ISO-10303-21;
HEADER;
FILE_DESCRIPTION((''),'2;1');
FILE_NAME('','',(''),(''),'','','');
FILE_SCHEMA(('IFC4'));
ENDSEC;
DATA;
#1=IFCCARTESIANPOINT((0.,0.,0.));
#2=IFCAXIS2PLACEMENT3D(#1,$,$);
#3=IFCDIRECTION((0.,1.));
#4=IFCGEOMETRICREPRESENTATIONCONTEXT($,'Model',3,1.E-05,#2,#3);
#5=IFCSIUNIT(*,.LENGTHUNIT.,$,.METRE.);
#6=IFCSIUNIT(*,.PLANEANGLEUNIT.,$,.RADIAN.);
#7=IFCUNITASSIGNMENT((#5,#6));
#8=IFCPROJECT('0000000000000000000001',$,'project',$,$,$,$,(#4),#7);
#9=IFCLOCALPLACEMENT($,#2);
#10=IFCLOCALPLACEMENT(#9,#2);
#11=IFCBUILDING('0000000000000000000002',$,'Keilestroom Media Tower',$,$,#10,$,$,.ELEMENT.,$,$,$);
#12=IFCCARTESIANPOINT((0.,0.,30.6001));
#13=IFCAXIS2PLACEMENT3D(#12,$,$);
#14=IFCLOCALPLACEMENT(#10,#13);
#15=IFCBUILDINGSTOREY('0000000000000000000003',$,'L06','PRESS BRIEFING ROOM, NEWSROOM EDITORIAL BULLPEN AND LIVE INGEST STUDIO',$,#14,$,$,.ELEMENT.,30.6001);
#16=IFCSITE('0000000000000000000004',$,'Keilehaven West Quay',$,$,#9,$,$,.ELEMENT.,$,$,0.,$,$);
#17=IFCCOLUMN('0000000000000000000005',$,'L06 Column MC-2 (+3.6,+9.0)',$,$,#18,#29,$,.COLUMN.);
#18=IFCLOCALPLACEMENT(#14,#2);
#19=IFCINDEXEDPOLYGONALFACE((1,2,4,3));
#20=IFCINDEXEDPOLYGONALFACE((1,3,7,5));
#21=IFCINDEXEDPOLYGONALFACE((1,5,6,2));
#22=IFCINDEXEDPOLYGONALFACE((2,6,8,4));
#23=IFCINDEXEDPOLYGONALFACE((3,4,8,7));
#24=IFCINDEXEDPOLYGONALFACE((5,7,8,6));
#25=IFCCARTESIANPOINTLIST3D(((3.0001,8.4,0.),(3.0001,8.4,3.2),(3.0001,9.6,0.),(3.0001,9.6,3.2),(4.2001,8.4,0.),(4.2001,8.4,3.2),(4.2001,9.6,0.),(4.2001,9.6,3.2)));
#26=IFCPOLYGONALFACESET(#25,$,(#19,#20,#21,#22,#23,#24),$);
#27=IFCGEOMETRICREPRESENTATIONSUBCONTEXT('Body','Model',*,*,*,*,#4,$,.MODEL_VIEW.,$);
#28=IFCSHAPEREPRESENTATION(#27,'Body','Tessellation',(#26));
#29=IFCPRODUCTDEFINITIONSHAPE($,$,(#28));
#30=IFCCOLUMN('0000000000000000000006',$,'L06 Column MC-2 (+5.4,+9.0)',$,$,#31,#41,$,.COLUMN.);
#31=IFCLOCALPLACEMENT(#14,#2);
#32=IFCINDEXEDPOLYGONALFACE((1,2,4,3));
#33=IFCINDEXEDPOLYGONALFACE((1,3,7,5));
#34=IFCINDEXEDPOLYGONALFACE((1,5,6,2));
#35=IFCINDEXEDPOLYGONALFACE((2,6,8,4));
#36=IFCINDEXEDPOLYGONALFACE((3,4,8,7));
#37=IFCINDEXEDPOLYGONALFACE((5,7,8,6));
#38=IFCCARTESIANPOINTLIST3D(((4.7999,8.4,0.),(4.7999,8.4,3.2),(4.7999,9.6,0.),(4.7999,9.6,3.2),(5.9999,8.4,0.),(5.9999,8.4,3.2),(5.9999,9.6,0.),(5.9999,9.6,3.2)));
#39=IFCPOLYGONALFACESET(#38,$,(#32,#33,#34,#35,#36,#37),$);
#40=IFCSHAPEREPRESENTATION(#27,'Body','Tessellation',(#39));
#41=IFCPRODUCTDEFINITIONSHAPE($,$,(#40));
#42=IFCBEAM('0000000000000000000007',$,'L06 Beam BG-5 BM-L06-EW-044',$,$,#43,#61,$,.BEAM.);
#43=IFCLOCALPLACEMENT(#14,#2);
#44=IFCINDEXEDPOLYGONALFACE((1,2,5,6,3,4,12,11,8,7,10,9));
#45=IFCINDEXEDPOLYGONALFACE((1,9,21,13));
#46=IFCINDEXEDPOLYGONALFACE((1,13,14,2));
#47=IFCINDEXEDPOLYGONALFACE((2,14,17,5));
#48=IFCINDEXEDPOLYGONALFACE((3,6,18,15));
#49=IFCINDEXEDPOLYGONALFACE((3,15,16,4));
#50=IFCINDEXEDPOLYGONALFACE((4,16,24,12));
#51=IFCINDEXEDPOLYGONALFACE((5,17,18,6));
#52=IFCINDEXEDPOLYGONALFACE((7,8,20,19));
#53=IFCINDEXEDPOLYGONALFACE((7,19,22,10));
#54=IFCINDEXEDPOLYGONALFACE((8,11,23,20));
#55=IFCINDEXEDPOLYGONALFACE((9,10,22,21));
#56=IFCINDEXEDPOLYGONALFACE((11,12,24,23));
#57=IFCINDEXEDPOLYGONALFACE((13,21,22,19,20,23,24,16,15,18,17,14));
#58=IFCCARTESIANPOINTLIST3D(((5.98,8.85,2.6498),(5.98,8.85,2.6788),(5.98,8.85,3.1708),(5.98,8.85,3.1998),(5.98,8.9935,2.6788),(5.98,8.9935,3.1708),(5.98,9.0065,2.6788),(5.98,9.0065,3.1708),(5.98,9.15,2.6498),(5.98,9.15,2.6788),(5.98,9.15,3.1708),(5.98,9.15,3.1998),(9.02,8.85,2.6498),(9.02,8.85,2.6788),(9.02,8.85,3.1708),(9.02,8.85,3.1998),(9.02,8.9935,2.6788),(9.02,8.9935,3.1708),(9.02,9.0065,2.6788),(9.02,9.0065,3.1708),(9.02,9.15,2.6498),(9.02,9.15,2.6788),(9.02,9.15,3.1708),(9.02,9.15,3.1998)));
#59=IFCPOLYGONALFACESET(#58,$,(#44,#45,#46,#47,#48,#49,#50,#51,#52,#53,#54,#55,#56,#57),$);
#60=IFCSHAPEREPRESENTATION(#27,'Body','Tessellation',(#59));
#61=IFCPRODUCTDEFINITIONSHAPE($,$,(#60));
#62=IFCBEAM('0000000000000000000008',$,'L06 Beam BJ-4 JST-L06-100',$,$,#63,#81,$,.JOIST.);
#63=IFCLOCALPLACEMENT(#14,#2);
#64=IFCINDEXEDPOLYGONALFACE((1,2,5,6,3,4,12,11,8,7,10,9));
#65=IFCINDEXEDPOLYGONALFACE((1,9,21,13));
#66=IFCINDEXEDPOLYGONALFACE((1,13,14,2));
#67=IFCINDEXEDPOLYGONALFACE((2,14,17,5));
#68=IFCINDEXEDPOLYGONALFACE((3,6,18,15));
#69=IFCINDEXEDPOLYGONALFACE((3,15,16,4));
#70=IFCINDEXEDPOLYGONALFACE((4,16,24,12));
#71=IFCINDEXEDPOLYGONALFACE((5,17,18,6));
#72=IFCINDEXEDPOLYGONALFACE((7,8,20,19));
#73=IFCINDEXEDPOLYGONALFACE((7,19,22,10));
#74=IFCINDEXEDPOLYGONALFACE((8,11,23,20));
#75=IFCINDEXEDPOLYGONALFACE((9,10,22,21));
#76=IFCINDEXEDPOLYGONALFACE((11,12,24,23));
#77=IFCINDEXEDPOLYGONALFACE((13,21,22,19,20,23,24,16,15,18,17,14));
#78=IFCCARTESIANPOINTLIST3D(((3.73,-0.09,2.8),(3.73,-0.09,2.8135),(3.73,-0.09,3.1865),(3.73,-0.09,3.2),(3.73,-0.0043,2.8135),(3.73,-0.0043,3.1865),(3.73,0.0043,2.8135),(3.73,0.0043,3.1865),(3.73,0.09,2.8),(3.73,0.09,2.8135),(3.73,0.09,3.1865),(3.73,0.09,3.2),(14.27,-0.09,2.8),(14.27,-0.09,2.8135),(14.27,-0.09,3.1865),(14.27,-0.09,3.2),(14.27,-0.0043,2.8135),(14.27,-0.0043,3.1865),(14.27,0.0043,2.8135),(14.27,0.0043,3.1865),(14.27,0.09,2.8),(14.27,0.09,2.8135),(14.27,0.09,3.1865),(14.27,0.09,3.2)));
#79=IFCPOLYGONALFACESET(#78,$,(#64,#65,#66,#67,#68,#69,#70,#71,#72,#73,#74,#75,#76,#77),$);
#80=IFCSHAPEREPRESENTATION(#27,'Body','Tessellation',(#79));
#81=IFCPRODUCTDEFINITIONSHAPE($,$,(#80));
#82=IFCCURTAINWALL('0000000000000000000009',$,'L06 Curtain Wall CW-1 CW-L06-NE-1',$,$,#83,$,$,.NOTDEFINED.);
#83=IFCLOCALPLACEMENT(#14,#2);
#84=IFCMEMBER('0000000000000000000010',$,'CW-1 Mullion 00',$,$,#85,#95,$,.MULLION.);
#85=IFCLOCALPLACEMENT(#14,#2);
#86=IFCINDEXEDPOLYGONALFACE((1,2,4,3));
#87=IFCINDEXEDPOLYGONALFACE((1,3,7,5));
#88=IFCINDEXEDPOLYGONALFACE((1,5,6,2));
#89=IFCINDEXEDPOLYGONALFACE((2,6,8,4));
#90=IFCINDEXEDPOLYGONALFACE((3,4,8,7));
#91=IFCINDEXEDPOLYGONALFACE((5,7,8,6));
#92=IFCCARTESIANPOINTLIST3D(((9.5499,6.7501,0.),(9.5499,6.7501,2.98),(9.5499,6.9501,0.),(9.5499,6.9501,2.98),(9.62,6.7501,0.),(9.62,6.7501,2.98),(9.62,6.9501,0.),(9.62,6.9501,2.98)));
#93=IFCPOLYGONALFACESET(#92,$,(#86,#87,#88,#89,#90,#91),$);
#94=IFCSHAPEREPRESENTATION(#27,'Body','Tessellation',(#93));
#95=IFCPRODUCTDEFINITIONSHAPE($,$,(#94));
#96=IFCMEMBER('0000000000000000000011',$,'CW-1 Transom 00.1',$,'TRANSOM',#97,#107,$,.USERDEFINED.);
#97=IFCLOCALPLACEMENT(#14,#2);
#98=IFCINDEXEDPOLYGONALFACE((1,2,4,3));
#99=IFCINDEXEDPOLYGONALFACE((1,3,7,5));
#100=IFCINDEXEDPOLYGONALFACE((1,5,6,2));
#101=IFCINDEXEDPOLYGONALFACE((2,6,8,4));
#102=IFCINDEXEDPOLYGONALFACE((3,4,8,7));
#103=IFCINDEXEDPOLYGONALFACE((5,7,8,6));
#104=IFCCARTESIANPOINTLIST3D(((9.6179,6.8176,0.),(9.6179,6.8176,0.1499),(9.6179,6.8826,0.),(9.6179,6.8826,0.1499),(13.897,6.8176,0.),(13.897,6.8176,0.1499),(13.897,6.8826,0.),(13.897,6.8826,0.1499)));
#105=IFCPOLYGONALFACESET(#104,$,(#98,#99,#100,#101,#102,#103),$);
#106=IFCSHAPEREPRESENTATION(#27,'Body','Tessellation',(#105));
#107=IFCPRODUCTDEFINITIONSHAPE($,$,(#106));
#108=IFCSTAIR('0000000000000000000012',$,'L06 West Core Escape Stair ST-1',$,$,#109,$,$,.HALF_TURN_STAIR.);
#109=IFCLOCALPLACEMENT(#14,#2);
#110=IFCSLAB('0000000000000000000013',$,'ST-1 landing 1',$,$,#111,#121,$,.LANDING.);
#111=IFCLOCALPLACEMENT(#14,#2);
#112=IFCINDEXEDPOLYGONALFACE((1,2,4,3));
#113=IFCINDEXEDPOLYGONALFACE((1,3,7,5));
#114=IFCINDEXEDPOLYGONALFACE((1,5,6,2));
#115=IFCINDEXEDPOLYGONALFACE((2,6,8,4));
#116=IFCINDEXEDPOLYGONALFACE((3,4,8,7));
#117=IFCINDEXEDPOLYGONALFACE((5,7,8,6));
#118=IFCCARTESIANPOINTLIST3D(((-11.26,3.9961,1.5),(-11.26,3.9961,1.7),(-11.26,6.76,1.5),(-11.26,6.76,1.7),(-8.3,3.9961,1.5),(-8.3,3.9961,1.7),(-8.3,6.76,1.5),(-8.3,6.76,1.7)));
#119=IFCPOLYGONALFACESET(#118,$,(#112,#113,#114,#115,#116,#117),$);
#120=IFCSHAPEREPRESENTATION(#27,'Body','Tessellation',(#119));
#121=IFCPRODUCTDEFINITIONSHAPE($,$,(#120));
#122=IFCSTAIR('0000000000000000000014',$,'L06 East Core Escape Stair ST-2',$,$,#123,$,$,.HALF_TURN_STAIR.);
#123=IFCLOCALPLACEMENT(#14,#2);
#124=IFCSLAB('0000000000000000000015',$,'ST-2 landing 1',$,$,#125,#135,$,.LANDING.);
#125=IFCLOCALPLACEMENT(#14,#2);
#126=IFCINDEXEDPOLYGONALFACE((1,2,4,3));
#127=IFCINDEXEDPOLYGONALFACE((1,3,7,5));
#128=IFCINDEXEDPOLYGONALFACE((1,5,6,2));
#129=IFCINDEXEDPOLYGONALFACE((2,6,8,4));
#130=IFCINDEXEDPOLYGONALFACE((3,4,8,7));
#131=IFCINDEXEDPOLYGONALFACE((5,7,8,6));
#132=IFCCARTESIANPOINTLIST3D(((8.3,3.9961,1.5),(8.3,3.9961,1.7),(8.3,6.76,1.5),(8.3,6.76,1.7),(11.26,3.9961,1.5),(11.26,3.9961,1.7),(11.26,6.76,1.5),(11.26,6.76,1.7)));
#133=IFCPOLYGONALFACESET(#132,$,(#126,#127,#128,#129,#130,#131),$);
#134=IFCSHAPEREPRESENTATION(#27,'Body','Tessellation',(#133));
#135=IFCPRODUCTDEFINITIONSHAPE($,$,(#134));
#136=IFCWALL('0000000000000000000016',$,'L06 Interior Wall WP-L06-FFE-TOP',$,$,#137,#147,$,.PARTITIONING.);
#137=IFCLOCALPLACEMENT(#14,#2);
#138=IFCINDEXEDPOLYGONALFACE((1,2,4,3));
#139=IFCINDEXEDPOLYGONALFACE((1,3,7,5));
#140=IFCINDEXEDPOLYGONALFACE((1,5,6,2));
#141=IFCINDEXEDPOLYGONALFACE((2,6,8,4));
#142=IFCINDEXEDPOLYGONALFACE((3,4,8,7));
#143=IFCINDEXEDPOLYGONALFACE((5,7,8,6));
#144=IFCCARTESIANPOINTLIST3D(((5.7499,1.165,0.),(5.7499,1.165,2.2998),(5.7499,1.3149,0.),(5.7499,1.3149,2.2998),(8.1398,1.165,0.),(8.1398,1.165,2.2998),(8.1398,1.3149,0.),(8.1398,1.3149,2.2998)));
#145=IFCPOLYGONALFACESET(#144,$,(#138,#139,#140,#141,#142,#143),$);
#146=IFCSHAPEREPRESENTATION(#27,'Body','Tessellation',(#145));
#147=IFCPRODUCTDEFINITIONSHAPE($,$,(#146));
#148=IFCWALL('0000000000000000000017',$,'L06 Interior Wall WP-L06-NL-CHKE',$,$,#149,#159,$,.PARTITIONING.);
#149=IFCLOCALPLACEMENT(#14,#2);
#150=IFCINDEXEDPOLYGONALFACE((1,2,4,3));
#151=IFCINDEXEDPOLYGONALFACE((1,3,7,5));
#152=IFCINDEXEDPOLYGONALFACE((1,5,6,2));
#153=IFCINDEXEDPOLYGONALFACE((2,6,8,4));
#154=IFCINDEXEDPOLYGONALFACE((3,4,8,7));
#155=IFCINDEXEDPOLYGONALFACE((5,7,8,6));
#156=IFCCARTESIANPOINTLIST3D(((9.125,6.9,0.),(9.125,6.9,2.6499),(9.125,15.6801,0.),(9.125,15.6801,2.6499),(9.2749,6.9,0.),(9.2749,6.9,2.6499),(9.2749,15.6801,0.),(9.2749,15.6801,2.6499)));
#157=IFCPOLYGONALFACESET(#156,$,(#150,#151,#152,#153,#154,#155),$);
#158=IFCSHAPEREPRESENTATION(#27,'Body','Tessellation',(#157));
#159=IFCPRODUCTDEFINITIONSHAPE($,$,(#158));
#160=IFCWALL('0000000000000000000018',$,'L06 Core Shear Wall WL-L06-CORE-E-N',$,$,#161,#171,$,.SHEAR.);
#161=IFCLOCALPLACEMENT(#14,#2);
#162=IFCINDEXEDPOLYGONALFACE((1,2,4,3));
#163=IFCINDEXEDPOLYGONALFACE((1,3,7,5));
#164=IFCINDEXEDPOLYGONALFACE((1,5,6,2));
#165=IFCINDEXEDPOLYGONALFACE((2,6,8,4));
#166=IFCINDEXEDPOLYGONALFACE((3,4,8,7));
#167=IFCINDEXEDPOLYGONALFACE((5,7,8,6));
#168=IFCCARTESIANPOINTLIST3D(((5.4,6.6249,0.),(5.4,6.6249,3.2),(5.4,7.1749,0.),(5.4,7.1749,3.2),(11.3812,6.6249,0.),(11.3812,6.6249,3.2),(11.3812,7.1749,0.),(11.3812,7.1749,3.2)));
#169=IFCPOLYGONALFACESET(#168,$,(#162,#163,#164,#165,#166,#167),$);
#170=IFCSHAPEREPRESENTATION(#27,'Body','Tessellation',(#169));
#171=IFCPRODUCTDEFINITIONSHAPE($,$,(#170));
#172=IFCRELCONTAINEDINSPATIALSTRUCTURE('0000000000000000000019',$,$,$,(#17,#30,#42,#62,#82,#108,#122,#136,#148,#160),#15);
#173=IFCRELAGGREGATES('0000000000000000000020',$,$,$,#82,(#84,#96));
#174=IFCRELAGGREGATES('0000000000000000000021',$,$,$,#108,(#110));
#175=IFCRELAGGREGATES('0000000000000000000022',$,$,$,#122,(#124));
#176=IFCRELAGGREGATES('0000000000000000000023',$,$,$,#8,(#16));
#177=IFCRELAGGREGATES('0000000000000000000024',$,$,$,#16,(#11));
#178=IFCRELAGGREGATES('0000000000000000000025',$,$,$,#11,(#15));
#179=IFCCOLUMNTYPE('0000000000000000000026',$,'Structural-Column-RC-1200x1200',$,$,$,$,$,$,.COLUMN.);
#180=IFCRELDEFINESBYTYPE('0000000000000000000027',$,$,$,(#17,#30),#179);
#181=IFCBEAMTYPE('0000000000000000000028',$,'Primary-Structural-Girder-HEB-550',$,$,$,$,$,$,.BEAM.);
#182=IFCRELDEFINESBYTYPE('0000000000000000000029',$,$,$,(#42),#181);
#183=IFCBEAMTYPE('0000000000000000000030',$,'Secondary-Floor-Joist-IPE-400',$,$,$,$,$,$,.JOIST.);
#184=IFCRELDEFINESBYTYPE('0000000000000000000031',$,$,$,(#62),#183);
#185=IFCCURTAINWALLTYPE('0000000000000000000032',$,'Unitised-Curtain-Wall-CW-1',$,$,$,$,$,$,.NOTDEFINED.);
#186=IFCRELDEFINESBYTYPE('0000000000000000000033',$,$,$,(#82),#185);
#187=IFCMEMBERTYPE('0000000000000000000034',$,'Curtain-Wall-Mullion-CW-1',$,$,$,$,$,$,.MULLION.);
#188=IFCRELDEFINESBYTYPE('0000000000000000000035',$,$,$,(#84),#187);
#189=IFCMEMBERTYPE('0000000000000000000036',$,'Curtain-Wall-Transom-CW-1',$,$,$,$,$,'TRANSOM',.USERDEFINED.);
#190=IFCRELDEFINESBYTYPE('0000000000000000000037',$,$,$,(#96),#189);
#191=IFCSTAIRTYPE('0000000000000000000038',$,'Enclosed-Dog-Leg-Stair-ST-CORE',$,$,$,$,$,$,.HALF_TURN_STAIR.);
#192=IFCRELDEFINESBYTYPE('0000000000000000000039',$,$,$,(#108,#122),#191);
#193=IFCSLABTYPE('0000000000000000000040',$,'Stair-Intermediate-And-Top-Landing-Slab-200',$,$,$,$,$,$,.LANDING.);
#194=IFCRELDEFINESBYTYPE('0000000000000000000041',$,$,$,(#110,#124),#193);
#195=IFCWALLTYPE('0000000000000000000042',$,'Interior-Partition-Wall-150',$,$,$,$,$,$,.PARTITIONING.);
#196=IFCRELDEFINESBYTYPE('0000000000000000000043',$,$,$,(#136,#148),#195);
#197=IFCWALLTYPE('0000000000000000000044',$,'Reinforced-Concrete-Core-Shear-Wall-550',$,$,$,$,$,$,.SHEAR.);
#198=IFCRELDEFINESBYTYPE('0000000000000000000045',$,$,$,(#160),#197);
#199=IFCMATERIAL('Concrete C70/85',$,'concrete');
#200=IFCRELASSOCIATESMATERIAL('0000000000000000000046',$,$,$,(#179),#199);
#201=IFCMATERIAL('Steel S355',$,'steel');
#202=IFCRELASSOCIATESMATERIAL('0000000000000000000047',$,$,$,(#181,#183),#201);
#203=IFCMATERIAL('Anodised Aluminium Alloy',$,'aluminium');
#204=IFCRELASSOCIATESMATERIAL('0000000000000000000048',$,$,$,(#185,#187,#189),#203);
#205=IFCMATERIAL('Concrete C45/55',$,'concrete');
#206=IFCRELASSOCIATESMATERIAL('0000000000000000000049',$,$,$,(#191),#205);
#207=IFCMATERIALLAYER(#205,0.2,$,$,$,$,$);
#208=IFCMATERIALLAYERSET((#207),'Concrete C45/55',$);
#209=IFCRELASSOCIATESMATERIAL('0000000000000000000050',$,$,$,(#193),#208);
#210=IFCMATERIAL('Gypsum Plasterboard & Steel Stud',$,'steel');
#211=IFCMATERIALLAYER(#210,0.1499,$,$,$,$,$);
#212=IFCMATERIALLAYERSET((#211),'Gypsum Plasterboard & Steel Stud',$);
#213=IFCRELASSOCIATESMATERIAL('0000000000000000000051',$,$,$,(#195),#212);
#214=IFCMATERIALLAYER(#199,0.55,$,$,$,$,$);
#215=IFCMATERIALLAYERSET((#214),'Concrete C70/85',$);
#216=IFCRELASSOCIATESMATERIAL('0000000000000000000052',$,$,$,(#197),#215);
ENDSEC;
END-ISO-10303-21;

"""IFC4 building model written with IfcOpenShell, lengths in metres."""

from ifc_helpers import new_model, si_unit, direction, frame, frame_2d, origin, origin_2d, place, context, subcontext, project, spatial, polyline, rectangle, i_section, outline, extrude, source, transform, mapped, material, layer, layer_set, material_profile, profile_set, type_object, element, aggregate, save


model = new_model("IFC4")

# Units and contexts
model_context = context("Model", 3, precision=1e-05, world=origin(), true_north=direction((0.0, 1.0)))
body_context = subcontext(model_context, "Body", "Model", "MODEL_VIEW")
ifc_project = project(units=[si_unit("LENGTHUNIT", "METRE"), si_unit("PLANEANGLEUNIT", "RADIAN")], contexts=[model_context])

# Site, building, storey
site_placement = place(None, origin())
site = spatial("IfcSite", under=ifc_project, at=site_placement, Name="Keilehaven West Quay", CompositionType="ELEMENT", RefElevation=0.0)
building_placement = place(site_placement, origin())
building = spatial("IfcBuilding", under=site, at=building_placement, Name="Keilestroom Media Tower", CompositionType="ELEMENT")
storey_placement = place(building_placement, frame((0.0, 0.0, 30.6001)))
storey = spatial("IfcBuildingStorey", under=building, at=storey_placement, Name="L06", Description="PRESS BRIEFING ROOM, NEWSROOM EDITORIAL BULLPEN AND LIVE INGEST STUDIO", CompositionType="ELEMENT", Elevation=30.6001)

# Columns
ifc_material_1 = material(Name="Concrete C70/85", Category="concrete")
ifc_material_profile_1 = material_profile(ifc_material_1, rectangle(XDim=1.2, YDim=1.2, at=origin_2d()), Name="RC 1200x1200")
ifc_profile_set_1 = profile_set([ifc_material_profile_1], Name="Concrete C70/85")
column_type = type_object("IfcColumnType", Name="Structural-Column-RC-1200x1200", PredefinedType="COLUMN", material=ifc_profile_set_1)
shared_shape_1 = source(origin(), body_context, "Body", "SweptSolid", [
    extrude(rectangle(XDim=1.2, YDim=1.2, at=origin_2d()), origin(), (0.0, 0.0, 1.0), 3.2),
])
for number, where, z_axis, x_axis, name in (
    (1, (3.6001, 9.0, 0.0), (0.0, 0.0, 1.0), (1.0, 0.0, 0.0), "L06 Column MC-2 (+3.6,+9.0)"),
    (2, (5.3999, 9.0, 0.0), (0.0, 0.0, 1.0), (1.0, 0.0, 0.0), "L06 Column MC-2 (+5.4,+9.0)"),
):
    element("IfcColumn", number, at=place(storey_placement, frame(where, z_axis=z_axis, x_axis=x_axis)), inside=storey, type_object=column_type, Name=name, PredefinedType="COLUMN", context=body_context, shape_type="MappedRepresentation", body=[
        mapped(shared_shape_1, transform((0.0, 0.0, 0.0), x_axis=(1.0, 0.0, 0.0), y_axis=(0.0, 1.0, 0.0), z_axis=(0.0, 0.0, 1.0), scale=1.0)),
    ])

# Beams
ifc_material_2 = material(Name="Steel S355", Category="steel")
ifc_material_profile_2 = material_profile(ifc_material_2, i_section(OverallWidth=0.3, OverallDepth=0.55, WebThickness=0.0129, FlangeThickness=0.0291, at=origin_2d()), Name="HEB 550")
ifc_profile_set_2 = profile_set([ifc_material_profile_2], Name="Steel S355")
beam_type_1 = type_object("IfcBeamType", Name="Primary-Structural-Girder-HEB-550", PredefinedType="BEAM", material=ifc_profile_set_2)
shared_shape_2 = source(origin(), body_context, "Body", "SweptSolid", [
    extrude(i_section(OverallWidth=0.3, OverallDepth=0.55, WebThickness=0.0129, FlangeThickness=0.0291, at=origin_2d()), origin(), (0.0, 0.0, 1.0), 3.04),
])
beam_1_placement = place(storey_placement, frame((5.98, 9.0, 2.9248), z_axis=(1.0, 0.0, 0.0), x_axis=(0.0, 1.0, 0.0)))
element("IfcBeam", 3, at=beam_1_placement, inside=storey, type_object=beam_type_1, Name="L06 Beam BG-5 BM-L06-EW-044", PredefinedType="BEAM", context=body_context, shape_type="MappedRepresentation", body=[
    mapped(shared_shape_2, transform((0.0, 0.0, 0.0), x_axis=(1.0, 0.0, 0.0), y_axis=(0.0, 1.0, 0.0), z_axis=(0.0, 0.0, 1.0), scale=1.0)),
])
ifc_material_profile_3 = material_profile(ifc_material_2, i_section(OverallWidth=0.1799, OverallDepth=0.3999, WebThickness=0.0085, FlangeThickness=0.0134, at=origin_2d()), Name="IPE 400")
ifc_profile_set_3 = profile_set([ifc_material_profile_3], Name="Steel S355")
beam_type_2 = type_object("IfcBeamType", Name="Secondary-Floor-Joist-IPE-400", PredefinedType="JOIST", material=ifc_profile_set_3)
shared_shape_3 = source(origin(), body_context, "Body", "SweptSolid", [
    extrude(i_section(OverallWidth=0.1799, OverallDepth=0.3999, WebThickness=0.0085, FlangeThickness=0.0134, at=origin_2d()), origin(), (0.0, 0.0, 1.0), 10.54),
])
beam_2_placement = place(storey_placement, frame((3.73, 0.0, 3.0), z_axis=(1.0, 0.0, 0.0), x_axis=(0.0, 1.0, 0.0)))
element("IfcBeam", 4, at=beam_2_placement, inside=storey, type_object=beam_type_2, Name="L06 Beam BJ-4 JST-L06-100", PredefinedType="JOIST", context=body_context, shape_type="MappedRepresentation", body=[
    mapped(shared_shape_3, transform((0.0, 0.0, 0.0), x_axis=(1.0, 0.0, 0.0), y_axis=(0.0, 1.0, 0.0), z_axis=(0.0, 0.0, 1.0), scale=1.0)),
])

# Curtain wall, members
ifc_material_3 = material(Name="Anodised Aluminium Alloy", Category="aluminium")
curtain_wall_type = type_object("IfcCurtainWallType", Name="Unitised-Curtain-Wall-CW-1", PredefinedType="NOTDEFINED", material=ifc_material_3)
curtain_wall_placement = place(storey_placement, origin())
curtain_wall = element("IfcCurtainWall", 5, at=curtain_wall_placement, inside=storey, type_object=curtain_wall_type, Name="L06 Curtain Wall CW-1 CW-L06-NE-1", PredefinedType="NOTDEFINED")
ifc_material_profile_4 = material_profile(ifc_material_3, rectangle(XDim=0.0701, YDim=0.2, at=origin_2d()), Name="ALU MULLION 70x200")
ifc_profile_set_4 = profile_set([ifc_material_profile_4], Name="Anodised Aluminium Alloy")
member_type_1 = type_object("IfcMemberType", Name="Curtain-Wall-Mullion-CW-1", PredefinedType="MULLION", material=ifc_profile_set_4)
shared_shape_4 = source(origin(), body_context, "Body", "SweptSolid", [
    extrude(rectangle(XDim=0.0701, YDim=0.2, at=origin_2d()), origin(), (0.0, 0.0, 1.0), 2.98),
])
member_1_placement = place(storey_placement, frame((9.585, 6.8501, 0.0), z_axis=(0.0, 0.0, 1.0), x_axis=(1.0, 0.0, 0.0)))
member_1 = element("IfcMember", 6, at=member_1_placement, type_object=member_type_1, Name="CW-1 Mullion 00", PredefinedType="MULLION", context=body_context, shape_type="MappedRepresentation", body=[
    mapped(shared_shape_4, transform((0.0, 0.0, 0.0), x_axis=(1.0, 0.0, 0.0), y_axis=(0.0, 1.0, 0.0), z_axis=(0.0, 0.0, 1.0), scale=1.0)),
])
ifc_material_profile_5 = material_profile(ifc_material_3, rectangle(XDim=0.0649, YDim=0.1499, at=origin_2d()), Name="ALU TRANSOM 65x150")
ifc_profile_set_5 = profile_set([ifc_material_profile_5], Name="Anodised Aluminium Alloy")
member_type_2 = type_object("IfcMemberType", Name="Curtain-Wall-Transom-CW-1", ElementType="TRANSOM", PredefinedType="USERDEFINED", material=ifc_profile_set_5)
shared_shape_5 = source(origin(), body_context, "Body", "SweptSolid", [
    extrude(rectangle(XDim=0.0649, YDim=0.1499, at=origin_2d()), origin(), (0.0, 0.0, 1.0), 4.2791),
])
member_2_placement = place(storey_placement, frame((9.6179, 6.8501, 0.075), z_axis=(1.0, 0.0, 0.0), x_axis=(0.0, 1.0, 0.0)))
member_2 = element("IfcMember", 7, at=member_2_placement, type_object=member_type_2, Name="CW-1 Transom 00.1", ObjectType="TRANSOM", PredefinedType="USERDEFINED", context=body_context, shape_type="MappedRepresentation", body=[
    mapped(shared_shape_5, transform((0.0, 0.0, 0.0), x_axis=(1.0, 0.0, 0.0), y_axis=(0.0, 1.0, 0.0), z_axis=(0.0, 0.0, 1.0), scale=1.0)),
])
aggregate(curtain_wall, [member_1, member_2])

# Stairs, slabs
ifc_material_4 = material(Name="Concrete C45/55", Category="concrete")
stair_type = type_object("IfcStairType", Name="Enclosed-Dog-Leg-Stair-ST-CORE", PredefinedType="HALF_TURN_STAIR", material=ifc_material_4)
stair_1_placement = place(storey_placement, origin())
stair_1 = element("IfcStair", 8, at=stair_1_placement, inside=storey, type_object=stair_type, Name="L06 West Core Escape Stair ST-1", PredefinedType="HALF_TURN_STAIR")
ifc_layer_1 = layer(ifc_material_4, 0.2)
ifc_layer_set_1 = layer_set([ifc_layer_1], Name="Concrete C45/55")
slab_type = type_object("IfcSlabType", Name="Stair-Intermediate-And-Top-Landing-Slab-200", PredefinedType="LANDING", material=ifc_layer_set_1)
slab_1_placement = place(storey_placement, frame((0.0, 0.0, 1.5)))
slab_1 = element("IfcSlab", 9, at=slab_1_placement, type_object=slab_type, Name="ST-1 landing 1", PredefinedType="LANDING", context=body_context, shape_type="SweptSolid", body=[
    extrude(outline(polyline([(-8.3, 3.9961), (-8.3, 6.76), (-11.26, 6.76), (-11.26, 3.9961), (-8.3, 3.9961)])), origin(), (0.0, 0.0, 1.0), 0.2),
])
aggregate(stair_1, [slab_1])
stair_2_placement = place(storey_placement, origin())
stair_2 = element("IfcStair", 10, at=stair_2_placement, inside=storey, type_object=stair_type, Name="L06 East Core Escape Stair ST-2", PredefinedType="HALF_TURN_STAIR")
slab_2_placement = place(storey_placement, frame((0.0, 0.0, 1.5)))
slab_2 = element("IfcSlab", 11, at=slab_2_placement, type_object=slab_type, Name="ST-2 landing 1", PredefinedType="LANDING", context=body_context, shape_type="SweptSolid", body=[
    extrude(outline(polyline([(11.26, 3.9961), (11.26, 6.76), (8.3, 6.76), (8.3, 3.9961), (11.26, 3.9961)])), origin(), (0.0, 0.0, 1.0), 0.2),
])

# Walls
ifc_material_5 = material(Name="Gypsum Plasterboard & Steel Stud", Category="steel")
ifc_layer_2 = layer(ifc_material_5, 0.1499)
ifc_layer_set_2 = layer_set([ifc_layer_2], Name="Gypsum Plasterboard & Steel Stud")
wall_type_1 = type_object("IfcWallType", Name="Interior-Partition-Wall-150", PredefinedType="PARTITIONING", material=ifc_layer_set_2)
wall_1_placement = place(storey_placement, frame((5.75, 1.24, 0.0), z_axis=(0.0, 0.0, 1.0), x_axis=(1.0, 0.0, 0.0)))
element("IfcWall", 12, at=wall_1_placement, inside=storey, type_object=wall_type_1, Name="L06 Interior Wall WP-L06-FFE-TOP", PredefinedType="PARTITIONING", context=body_context, shape_type="SweptSolid", body=[
    extrude(rectangle(XDim=2.3899, YDim=0.1499, at=frame_2d((1.1948, 0.0))), origin(), (0.0, 0.0, 1.0), 2.2998),
])
wall_2_placement = place(storey_placement, frame((9.2, 6.8999, 0.0), z_axis=(0.0, 0.0, 1.0), x_axis=(0.0, 1.0, 0.0)))
element("IfcWall", 13, at=wall_2_placement, inside=storey, type_object=wall_type_1, Name="L06 Interior Wall WP-L06-NL-CHKE", PredefinedType="PARTITIONING", context=body_context, shape_type="SweptSolid", body=[
    extrude(rectangle(XDim=8.78, YDim=0.1499, at=frame_2d((4.3901, 0.0))), origin(), (0.0, 0.0, 1.0), 2.6499),
])
ifc_layer_3 = layer(ifc_material_1, 0.55)
ifc_layer_set_3 = layer_set([ifc_layer_3], Name="Concrete C70/85")
wall_type_2 = type_object("IfcWallType", Name="Reinforced-Concrete-Core-Shear-Wall-550", PredefinedType="SHEAR", material=ifc_layer_set_3)
wall_3_placement = place(storey_placement, frame((5.3999, 6.8999, 0.0), z_axis=(0.0, 0.0, 1.0), x_axis=(1.0, 0.0, 0.0)))
element("IfcWall", 14, at=wall_3_placement, inside=storey, type_object=wall_type_2, Name="L06 Core Shear Wall WL-L06-CORE-E-N", PredefinedType="SHEAR", context=body_context, shape_type="SweptSolid", body=[
    extrude(rectangle(XDim=5.9812, YDim=0.55, at=frame_2d((2.9907, 0.0))), origin(), (0.0, 0.0, 1.0), 3.2),
])

aggregate(stair_2, [slab_2])

save(model, "model.ifc")
